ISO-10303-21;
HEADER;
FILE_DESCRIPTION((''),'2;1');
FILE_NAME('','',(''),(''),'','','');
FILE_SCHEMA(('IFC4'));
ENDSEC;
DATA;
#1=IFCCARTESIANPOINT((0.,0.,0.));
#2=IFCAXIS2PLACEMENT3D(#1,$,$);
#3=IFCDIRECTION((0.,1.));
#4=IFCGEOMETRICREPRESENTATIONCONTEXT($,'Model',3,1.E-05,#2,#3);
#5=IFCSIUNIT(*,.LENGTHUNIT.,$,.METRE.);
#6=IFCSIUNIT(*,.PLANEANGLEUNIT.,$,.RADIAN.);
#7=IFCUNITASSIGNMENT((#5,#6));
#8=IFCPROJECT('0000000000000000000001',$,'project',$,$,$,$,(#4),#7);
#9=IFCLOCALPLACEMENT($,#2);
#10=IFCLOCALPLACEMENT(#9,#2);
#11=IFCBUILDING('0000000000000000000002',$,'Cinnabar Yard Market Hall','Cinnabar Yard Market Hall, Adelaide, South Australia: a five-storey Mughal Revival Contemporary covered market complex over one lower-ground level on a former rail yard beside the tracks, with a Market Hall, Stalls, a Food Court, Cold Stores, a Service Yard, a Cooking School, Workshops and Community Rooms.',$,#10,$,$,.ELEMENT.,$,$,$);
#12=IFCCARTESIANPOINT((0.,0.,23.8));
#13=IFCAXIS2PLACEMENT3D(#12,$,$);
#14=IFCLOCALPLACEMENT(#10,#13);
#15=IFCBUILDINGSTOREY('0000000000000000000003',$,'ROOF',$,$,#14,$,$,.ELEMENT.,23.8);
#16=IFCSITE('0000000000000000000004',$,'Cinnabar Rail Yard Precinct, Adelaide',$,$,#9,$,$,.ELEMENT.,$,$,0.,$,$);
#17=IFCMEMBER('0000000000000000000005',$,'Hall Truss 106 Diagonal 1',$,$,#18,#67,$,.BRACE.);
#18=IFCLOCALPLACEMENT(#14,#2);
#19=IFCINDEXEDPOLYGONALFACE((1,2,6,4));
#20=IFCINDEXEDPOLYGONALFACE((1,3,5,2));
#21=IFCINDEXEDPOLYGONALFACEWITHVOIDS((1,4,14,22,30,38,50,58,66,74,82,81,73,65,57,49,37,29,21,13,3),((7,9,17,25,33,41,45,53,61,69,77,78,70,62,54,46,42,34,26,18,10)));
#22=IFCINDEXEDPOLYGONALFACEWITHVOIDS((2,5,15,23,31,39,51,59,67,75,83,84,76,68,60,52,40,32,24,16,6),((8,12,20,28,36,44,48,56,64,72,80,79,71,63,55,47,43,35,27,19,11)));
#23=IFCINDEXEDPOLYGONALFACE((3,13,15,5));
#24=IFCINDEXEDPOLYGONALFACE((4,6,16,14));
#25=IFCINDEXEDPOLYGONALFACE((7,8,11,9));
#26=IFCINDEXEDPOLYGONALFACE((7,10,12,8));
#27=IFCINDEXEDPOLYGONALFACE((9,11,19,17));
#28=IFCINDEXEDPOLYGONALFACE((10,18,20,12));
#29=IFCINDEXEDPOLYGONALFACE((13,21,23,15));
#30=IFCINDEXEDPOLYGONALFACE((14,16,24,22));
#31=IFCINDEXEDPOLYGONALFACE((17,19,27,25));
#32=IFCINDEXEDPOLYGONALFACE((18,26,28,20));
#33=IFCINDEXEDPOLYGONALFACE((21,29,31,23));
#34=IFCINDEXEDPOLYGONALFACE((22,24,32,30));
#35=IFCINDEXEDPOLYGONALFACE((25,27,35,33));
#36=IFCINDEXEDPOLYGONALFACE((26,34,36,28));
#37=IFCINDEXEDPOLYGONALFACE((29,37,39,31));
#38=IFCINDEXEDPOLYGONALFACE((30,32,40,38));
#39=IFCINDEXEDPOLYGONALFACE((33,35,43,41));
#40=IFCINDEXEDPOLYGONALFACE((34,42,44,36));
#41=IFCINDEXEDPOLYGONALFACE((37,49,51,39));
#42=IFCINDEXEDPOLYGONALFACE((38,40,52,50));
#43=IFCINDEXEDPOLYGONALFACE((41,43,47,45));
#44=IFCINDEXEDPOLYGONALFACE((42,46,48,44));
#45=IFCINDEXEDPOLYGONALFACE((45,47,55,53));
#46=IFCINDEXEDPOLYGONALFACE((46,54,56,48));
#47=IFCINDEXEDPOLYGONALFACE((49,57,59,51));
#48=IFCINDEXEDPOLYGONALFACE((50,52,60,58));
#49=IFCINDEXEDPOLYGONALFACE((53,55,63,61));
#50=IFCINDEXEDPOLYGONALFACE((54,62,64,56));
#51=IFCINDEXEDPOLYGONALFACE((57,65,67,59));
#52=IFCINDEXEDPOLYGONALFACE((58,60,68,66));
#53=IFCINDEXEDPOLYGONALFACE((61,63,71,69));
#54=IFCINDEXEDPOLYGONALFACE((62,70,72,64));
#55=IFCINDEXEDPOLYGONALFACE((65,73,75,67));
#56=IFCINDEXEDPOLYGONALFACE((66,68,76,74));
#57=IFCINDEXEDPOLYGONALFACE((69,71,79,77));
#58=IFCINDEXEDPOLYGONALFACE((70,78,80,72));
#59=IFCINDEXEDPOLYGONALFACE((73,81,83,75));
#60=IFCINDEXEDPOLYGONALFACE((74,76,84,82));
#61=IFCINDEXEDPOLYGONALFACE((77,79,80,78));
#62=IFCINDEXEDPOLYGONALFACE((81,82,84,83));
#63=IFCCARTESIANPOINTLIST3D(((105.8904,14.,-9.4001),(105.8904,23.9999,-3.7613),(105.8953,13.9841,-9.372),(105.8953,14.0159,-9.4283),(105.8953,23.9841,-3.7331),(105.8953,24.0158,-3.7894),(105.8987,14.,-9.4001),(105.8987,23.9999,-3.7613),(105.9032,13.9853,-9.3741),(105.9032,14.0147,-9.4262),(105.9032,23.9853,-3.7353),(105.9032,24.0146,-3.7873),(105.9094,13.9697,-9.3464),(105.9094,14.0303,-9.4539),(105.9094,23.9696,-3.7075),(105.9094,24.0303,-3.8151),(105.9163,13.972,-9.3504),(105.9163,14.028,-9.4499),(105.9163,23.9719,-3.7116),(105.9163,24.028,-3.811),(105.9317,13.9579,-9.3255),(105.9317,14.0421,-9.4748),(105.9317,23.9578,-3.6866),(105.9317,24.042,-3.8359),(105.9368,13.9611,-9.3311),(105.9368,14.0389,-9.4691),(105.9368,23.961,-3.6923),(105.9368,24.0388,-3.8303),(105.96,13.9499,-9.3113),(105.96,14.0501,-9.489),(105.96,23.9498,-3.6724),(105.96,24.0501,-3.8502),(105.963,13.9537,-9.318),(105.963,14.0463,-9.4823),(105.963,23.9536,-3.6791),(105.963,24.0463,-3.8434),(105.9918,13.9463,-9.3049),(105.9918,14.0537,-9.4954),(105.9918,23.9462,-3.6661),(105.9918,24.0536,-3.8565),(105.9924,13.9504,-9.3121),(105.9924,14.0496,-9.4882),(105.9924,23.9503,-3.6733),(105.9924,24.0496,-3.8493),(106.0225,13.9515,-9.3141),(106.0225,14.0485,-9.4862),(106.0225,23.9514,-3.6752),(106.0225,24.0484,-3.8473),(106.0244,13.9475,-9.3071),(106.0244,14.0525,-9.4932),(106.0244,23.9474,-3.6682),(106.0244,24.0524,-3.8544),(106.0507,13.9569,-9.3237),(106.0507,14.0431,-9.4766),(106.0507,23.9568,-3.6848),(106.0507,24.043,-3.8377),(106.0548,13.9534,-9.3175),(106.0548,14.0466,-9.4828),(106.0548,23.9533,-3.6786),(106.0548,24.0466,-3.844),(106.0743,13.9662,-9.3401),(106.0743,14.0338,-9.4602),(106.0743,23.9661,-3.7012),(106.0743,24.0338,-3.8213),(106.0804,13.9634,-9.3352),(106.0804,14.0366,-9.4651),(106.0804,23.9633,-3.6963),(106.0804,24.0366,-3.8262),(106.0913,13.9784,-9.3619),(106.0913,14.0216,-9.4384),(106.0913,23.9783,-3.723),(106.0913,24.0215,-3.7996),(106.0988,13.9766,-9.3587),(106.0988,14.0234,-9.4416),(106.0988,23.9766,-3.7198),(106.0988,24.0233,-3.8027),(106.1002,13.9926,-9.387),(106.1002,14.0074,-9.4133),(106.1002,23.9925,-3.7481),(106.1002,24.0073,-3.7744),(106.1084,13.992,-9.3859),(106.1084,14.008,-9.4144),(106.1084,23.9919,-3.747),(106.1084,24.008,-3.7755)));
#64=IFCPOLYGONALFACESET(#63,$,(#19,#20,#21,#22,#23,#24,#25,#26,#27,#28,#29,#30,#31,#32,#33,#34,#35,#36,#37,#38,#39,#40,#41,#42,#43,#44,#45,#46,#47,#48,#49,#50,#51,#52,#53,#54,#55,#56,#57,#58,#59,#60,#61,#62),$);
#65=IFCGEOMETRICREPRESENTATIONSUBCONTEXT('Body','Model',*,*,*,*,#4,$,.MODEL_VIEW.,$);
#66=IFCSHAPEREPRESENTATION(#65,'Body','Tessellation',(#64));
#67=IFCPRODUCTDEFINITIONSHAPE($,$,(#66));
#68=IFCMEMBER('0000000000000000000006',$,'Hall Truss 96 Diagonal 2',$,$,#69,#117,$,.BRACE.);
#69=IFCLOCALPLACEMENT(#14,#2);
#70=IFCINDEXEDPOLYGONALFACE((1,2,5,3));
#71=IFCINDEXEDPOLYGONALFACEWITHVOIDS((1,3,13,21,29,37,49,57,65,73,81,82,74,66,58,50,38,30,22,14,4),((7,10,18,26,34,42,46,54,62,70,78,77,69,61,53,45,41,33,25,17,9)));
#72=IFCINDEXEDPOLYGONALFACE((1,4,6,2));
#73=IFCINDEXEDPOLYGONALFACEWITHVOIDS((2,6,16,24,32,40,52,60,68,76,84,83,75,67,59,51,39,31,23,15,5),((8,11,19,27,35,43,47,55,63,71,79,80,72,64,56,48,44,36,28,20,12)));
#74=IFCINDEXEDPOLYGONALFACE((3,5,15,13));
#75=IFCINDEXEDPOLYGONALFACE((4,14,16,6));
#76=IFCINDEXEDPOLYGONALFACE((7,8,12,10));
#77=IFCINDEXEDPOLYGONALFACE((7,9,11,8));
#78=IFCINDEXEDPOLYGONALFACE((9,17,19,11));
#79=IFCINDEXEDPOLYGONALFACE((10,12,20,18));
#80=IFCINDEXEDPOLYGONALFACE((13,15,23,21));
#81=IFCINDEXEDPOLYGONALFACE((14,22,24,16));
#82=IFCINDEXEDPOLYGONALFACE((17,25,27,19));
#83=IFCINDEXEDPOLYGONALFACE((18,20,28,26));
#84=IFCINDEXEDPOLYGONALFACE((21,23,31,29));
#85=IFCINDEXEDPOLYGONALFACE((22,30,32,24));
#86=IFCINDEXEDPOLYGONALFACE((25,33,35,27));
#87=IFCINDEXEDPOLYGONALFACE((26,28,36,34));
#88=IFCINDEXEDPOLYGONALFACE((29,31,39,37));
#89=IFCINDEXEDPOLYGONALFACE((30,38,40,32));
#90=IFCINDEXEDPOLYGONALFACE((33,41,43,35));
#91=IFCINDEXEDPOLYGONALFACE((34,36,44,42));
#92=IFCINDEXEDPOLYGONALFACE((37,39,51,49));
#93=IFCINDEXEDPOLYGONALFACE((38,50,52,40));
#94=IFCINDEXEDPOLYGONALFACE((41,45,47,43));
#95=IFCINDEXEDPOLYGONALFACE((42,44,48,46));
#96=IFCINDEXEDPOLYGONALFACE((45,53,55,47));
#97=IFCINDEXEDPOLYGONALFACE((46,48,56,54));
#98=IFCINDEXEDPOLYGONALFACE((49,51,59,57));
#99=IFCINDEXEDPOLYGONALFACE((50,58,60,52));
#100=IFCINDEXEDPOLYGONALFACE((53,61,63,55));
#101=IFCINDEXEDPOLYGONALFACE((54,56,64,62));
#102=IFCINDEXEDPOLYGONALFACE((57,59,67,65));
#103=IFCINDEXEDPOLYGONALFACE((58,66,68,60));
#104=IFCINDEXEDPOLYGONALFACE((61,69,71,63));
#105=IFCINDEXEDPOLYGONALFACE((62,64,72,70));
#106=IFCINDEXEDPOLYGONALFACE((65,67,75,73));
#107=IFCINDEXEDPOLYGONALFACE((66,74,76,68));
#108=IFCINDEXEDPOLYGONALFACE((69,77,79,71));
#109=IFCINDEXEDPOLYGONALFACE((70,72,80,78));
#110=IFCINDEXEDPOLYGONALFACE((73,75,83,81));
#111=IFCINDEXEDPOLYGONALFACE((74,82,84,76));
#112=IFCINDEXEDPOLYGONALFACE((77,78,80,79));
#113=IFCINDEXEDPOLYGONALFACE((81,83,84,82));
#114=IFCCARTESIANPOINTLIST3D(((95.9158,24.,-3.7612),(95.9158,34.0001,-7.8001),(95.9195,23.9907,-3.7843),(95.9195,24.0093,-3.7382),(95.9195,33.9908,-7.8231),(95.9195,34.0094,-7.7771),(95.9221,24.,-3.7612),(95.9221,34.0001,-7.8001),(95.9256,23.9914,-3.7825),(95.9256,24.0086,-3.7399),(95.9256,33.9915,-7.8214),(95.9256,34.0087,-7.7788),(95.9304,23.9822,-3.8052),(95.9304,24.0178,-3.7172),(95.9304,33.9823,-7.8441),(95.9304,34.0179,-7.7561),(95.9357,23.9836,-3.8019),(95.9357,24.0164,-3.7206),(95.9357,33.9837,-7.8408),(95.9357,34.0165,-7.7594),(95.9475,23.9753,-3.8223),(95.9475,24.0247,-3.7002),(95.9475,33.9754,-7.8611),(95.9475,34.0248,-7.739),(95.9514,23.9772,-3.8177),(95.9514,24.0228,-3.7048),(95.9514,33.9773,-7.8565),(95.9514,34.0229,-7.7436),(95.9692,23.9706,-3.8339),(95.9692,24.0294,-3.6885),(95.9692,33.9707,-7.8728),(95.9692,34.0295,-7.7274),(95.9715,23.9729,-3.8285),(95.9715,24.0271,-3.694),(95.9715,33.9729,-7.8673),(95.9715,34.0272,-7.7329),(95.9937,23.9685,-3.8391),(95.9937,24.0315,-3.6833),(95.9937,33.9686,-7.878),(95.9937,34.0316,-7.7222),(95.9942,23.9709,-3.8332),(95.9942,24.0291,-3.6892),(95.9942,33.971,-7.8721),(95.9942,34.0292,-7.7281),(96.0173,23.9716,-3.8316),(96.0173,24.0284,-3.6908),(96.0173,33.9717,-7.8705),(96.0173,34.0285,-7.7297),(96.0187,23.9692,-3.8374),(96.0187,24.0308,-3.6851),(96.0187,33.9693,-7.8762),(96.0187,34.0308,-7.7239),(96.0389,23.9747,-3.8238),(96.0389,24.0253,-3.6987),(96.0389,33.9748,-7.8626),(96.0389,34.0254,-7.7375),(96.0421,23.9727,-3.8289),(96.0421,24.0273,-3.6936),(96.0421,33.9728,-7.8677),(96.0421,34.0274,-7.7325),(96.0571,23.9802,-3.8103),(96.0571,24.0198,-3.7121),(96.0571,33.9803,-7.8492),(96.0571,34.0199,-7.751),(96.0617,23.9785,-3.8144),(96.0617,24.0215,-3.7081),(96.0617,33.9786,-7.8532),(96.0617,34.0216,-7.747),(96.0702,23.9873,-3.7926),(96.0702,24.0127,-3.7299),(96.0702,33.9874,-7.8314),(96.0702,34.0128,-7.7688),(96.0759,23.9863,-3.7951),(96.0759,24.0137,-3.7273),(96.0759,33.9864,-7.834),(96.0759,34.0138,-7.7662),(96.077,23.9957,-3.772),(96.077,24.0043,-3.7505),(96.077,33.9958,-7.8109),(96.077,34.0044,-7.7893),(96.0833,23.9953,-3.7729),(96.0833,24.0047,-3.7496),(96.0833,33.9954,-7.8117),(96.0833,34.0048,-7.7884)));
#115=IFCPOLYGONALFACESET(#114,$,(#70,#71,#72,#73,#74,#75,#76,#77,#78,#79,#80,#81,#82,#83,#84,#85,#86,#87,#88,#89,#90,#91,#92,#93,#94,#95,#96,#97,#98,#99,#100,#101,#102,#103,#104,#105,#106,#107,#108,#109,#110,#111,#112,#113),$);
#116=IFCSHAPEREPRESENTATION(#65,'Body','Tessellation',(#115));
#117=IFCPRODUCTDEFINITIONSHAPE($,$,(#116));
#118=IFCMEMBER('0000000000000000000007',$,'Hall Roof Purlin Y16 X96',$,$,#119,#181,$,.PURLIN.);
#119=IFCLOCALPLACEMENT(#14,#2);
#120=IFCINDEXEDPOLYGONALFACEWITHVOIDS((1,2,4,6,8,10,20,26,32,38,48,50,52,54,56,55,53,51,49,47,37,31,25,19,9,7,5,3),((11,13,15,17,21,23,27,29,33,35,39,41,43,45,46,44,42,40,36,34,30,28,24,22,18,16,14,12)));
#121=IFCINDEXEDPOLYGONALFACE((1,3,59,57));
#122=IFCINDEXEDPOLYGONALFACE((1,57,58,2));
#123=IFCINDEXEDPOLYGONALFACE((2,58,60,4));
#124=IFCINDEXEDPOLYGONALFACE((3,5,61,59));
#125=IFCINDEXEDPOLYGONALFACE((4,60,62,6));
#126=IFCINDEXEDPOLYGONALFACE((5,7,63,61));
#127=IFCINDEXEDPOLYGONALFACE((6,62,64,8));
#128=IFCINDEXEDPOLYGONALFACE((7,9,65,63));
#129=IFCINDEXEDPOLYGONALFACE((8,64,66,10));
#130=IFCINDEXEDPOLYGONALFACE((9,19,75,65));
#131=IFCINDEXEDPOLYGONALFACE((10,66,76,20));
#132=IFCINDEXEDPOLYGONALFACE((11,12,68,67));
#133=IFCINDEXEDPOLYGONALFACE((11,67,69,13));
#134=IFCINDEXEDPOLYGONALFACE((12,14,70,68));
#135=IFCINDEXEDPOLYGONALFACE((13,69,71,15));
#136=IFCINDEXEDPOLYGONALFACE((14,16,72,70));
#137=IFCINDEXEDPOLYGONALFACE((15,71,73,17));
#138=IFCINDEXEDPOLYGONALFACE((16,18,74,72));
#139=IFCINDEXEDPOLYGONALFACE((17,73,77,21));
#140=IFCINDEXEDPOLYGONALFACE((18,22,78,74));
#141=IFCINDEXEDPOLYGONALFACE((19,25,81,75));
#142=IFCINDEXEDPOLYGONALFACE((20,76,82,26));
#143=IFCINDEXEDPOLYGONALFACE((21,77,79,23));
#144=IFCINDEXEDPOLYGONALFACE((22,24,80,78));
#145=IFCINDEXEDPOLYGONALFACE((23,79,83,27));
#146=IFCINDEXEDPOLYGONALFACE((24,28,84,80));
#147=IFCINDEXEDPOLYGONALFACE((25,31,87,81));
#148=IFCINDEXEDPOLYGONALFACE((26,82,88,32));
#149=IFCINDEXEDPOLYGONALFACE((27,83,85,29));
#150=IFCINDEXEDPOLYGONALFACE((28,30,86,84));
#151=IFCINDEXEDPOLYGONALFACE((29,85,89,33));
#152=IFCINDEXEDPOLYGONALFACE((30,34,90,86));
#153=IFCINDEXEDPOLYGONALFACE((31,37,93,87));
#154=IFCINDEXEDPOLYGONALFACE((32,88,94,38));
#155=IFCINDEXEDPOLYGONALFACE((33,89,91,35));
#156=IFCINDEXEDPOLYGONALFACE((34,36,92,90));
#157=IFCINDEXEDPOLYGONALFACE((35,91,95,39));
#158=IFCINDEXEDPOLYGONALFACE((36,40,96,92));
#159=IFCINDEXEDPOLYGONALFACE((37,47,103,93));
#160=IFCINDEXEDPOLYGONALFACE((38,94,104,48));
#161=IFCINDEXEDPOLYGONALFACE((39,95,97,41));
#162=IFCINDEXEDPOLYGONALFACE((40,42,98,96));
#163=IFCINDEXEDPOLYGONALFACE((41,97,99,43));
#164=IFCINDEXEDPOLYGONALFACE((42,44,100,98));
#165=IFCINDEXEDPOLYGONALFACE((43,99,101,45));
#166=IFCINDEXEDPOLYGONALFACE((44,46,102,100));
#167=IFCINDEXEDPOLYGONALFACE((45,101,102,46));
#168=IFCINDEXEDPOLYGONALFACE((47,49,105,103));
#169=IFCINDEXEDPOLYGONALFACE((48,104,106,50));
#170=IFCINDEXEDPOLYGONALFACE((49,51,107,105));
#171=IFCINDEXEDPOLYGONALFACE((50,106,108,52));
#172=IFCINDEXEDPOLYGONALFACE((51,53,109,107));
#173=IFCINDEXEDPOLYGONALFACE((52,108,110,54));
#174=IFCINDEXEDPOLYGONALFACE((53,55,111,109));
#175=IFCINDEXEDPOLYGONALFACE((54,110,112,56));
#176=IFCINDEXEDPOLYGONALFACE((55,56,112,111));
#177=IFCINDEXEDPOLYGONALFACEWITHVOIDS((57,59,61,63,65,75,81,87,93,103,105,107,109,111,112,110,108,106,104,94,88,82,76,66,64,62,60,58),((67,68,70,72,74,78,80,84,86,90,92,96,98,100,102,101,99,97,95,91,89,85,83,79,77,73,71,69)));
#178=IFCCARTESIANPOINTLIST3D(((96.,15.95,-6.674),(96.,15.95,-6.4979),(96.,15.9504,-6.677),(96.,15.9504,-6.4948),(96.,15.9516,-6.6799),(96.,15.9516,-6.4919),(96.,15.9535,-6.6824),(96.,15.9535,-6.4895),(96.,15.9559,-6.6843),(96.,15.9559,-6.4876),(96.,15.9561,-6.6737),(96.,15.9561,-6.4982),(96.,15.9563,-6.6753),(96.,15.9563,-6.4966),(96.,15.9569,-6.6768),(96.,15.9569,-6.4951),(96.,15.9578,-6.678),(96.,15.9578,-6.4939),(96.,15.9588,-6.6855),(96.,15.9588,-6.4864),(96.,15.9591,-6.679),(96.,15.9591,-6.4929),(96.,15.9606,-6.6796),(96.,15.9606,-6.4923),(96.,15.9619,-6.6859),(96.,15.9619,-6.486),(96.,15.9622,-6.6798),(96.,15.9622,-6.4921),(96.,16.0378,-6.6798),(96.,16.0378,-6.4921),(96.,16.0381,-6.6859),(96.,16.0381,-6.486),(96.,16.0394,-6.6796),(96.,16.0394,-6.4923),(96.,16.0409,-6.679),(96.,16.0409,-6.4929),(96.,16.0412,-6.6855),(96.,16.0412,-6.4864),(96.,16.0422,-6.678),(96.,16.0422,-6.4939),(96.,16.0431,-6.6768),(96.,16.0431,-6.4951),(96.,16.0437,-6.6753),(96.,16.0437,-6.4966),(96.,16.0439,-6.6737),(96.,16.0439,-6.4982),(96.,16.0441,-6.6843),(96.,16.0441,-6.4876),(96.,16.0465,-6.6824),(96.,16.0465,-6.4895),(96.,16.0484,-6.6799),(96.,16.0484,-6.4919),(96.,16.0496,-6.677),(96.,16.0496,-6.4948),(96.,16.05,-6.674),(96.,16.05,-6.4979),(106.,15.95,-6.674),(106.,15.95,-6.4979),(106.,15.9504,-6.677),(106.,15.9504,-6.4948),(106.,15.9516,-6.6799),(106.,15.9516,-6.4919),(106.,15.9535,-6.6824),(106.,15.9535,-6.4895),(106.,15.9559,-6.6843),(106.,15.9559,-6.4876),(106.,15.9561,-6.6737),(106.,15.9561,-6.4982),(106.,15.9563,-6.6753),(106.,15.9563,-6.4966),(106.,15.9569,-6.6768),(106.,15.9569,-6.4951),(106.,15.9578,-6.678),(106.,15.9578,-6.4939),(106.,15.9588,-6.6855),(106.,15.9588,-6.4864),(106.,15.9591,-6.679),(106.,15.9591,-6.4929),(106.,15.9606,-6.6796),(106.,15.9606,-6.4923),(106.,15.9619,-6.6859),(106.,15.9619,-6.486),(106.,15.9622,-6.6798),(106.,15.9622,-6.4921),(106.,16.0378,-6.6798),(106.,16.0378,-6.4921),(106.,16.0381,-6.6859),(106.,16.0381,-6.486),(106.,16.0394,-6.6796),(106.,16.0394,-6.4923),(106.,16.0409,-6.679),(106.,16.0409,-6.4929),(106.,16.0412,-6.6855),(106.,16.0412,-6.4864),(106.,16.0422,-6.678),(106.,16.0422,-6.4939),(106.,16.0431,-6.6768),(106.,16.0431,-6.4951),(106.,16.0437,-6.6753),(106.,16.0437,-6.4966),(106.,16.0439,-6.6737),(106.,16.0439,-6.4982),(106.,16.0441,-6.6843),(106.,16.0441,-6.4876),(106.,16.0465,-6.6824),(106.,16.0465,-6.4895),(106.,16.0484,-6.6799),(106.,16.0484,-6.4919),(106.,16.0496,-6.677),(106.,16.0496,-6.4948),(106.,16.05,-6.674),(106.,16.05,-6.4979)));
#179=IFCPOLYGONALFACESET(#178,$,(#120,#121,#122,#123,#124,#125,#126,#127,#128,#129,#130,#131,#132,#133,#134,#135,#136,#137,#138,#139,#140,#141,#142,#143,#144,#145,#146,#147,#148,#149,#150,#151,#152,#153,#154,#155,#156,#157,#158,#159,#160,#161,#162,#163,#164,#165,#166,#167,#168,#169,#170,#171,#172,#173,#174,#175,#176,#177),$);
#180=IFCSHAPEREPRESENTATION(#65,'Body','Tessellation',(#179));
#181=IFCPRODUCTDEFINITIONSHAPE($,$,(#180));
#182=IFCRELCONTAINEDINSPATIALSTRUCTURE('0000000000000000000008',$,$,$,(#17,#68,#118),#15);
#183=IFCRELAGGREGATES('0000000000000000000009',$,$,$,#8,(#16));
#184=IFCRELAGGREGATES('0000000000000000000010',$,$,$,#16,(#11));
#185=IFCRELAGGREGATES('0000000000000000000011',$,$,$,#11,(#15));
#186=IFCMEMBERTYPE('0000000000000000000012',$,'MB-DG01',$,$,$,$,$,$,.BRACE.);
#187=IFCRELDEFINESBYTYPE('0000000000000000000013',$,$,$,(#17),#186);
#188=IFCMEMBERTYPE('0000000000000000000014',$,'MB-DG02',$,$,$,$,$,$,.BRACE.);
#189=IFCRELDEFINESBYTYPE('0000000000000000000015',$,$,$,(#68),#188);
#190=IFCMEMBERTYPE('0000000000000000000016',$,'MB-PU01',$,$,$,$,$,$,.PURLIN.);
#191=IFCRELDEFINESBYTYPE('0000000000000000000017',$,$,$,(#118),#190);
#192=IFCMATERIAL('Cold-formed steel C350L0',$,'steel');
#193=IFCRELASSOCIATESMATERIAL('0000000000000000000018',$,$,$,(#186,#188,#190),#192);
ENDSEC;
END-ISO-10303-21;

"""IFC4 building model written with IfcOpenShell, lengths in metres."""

from ifc_helpers import new_model, si_unit, direction, frame, origin, origin_2d_with_axis, place, context, subcontext, project, spatial, hollow_rectangle, hollow_circle, extrude, material, material_profile, profile_set, type_object, element, save


model = new_model("IFC4")

# Units and contexts
model_context = context("Model", 3, precision=1e-05, world=origin(), true_north=direction((0.0, 1.0)))
body_context = subcontext(model_context, "Body", "Model", "MODEL_VIEW")
ifc_project = project(units=[si_unit("LENGTHUNIT", "METRE"), si_unit("PLANEANGLEUNIT", "RADIAN")], contexts=[model_context])

# Site, building, storey
site_placement = place(None, origin())
site = spatial("IfcSite", under=ifc_project, at=site_placement, Name="Cinnabar Rail Yard Precinct, Adelaide", CompositionType="ELEMENT", RefElevation=0.0)
building_placement = place(site_placement, origin())
building = spatial("IfcBuilding", under=site, at=building_placement, Name="Cinnabar Yard Market Hall", Description="Cinnabar Yard Market Hall, Adelaide, South Australia: a five-storey Mughal Revival Contemporary covered market complex over one lower-ground level on a former rail yard beside the tracks, with a Market Hall, Stalls, a Food Court, Cold Stores, a Service Yard, a Cooking School, Workshops and Community Rooms.", CompositionType="ELEMENT")
storey_placement = place(building_placement, frame((0.0, 0.0, 23.8)))
storey = spatial("IfcBuildingStorey", under=building, at=storey_placement, Name="ROOF", CompositionType="ELEMENT", Elevation=23.8)

# Shared definitions
ifc_material_1 = material(Name="Cold-formed steel C350L0", Category="steel")

# Members
ifc_material_profile_1 = material_profile(ifc_material_1, hollow_circle(Radius=0.1096, WallThickness=0.0083, at=origin_2d_with_axis()), Name="219.1x8.2CHS")
ifc_profile_set_1 = profile_set([ifc_material_profile_1], Name="Cold-formed steel C350L0")
member_type_1 = type_object("IfcMemberType", Name="MB-DG01", PredefinedType="BRACE", material=ifc_profile_set_1)
for number, where, z_axis, x_axis, name in (
    (1, (106.0, 14.0, -9.4001), (0.0, 0.871057, 0.491182), (-1.0, 0.0, 0.0), "Hall Truss 106 Diagonal 1"),
):
    element("IfcMember", number, at=place(storey_placement, frame(where, z_axis=z_axis, x_axis=x_axis)), inside=storey, type_object=member_type_1, Name=name, PredefinedType="BRACE", context=body_context, shape_type="SweptSolid", body=[
        extrude(hollow_circle(Radius=0.1096, WallThickness=0.0083, at=origin_2d_with_axis()), origin(), (0.0, 0.0, 1.0), 11.4802),
    ])
ifc_material_profile_2 = material_profile(ifc_material_1, hollow_circle(Radius=0.0842, WallThickness=0.0063, at=origin_2d_with_axis()), Name="168.3x6.4CHS")
ifc_profile_set_2 = profile_set([ifc_material_profile_2], Name="Cold-formed steel C350L0")
member_type_2 = type_object("IfcMemberType", Name="MB-DG02", PredefinedType="BRACE", material=ifc_profile_set_2)
member_1_placement = place(storey_placement, frame((96.0, 24.0, -3.7612), z_axis=(0.0, 0.92723, -0.374491), x_axis=(-1.0, 0.0, 0.0)))
element("IfcMember", 2, at=member_1_placement, inside=storey, type_object=member_type_2, Name="Hall Truss 96 Diagonal 2", PredefinedType="BRACE", context=body_context, shape_type="SweptSolid", body=[
    extrude(hollow_circle(Radius=0.0842, WallThickness=0.0063, at=origin_2d_with_axis()), origin(), (0.0, 0.0, 1.0), 10.7849),
])
ifc_material_profile_3 = material_profile(ifc_material_1, hollow_rectangle(XDim=0.1001, YDim=0.2, WallThickness=0.0061, InnerFilletRadius=0.0061, OuterFilletRadius=0.012, at=origin_2d_with_axis()), Name="200x100x6.0RHS")
ifc_profile_set_3 = profile_set([ifc_material_profile_3], Name="Cold-formed steel C350L0")
member_type_3 = type_object("IfcMemberType", Name="MB-PU01", PredefinedType="PURLIN", material=ifc_profile_set_3)
for number, where, z_axis, x_axis, name in (
    (3, (96.0, 16.0, -6.5859), (1.0, 0.0, 0.0), (0.0, 1.0, 0.0), "Hall Roof Purlin Y16 X96"),
):
    element("IfcMember", number, at=place(storey_placement, frame(where, z_axis=z_axis, x_axis=x_axis)), inside=storey, type_object=member_type_3, Name=name, PredefinedType="PURLIN", context=body_context, shape_type="SweptSolid", body=[
        extrude(hollow_rectangle(XDim=0.1001, YDim=0.2, WallThickness=0.0061, InnerFilletRadius=0.0061, OuterFilletRadius=0.012, at=origin_2d_with_axis()), origin(), (0.0, 0.0, 1.0), 10.0),
    ])

save(model, "model.ifc")
